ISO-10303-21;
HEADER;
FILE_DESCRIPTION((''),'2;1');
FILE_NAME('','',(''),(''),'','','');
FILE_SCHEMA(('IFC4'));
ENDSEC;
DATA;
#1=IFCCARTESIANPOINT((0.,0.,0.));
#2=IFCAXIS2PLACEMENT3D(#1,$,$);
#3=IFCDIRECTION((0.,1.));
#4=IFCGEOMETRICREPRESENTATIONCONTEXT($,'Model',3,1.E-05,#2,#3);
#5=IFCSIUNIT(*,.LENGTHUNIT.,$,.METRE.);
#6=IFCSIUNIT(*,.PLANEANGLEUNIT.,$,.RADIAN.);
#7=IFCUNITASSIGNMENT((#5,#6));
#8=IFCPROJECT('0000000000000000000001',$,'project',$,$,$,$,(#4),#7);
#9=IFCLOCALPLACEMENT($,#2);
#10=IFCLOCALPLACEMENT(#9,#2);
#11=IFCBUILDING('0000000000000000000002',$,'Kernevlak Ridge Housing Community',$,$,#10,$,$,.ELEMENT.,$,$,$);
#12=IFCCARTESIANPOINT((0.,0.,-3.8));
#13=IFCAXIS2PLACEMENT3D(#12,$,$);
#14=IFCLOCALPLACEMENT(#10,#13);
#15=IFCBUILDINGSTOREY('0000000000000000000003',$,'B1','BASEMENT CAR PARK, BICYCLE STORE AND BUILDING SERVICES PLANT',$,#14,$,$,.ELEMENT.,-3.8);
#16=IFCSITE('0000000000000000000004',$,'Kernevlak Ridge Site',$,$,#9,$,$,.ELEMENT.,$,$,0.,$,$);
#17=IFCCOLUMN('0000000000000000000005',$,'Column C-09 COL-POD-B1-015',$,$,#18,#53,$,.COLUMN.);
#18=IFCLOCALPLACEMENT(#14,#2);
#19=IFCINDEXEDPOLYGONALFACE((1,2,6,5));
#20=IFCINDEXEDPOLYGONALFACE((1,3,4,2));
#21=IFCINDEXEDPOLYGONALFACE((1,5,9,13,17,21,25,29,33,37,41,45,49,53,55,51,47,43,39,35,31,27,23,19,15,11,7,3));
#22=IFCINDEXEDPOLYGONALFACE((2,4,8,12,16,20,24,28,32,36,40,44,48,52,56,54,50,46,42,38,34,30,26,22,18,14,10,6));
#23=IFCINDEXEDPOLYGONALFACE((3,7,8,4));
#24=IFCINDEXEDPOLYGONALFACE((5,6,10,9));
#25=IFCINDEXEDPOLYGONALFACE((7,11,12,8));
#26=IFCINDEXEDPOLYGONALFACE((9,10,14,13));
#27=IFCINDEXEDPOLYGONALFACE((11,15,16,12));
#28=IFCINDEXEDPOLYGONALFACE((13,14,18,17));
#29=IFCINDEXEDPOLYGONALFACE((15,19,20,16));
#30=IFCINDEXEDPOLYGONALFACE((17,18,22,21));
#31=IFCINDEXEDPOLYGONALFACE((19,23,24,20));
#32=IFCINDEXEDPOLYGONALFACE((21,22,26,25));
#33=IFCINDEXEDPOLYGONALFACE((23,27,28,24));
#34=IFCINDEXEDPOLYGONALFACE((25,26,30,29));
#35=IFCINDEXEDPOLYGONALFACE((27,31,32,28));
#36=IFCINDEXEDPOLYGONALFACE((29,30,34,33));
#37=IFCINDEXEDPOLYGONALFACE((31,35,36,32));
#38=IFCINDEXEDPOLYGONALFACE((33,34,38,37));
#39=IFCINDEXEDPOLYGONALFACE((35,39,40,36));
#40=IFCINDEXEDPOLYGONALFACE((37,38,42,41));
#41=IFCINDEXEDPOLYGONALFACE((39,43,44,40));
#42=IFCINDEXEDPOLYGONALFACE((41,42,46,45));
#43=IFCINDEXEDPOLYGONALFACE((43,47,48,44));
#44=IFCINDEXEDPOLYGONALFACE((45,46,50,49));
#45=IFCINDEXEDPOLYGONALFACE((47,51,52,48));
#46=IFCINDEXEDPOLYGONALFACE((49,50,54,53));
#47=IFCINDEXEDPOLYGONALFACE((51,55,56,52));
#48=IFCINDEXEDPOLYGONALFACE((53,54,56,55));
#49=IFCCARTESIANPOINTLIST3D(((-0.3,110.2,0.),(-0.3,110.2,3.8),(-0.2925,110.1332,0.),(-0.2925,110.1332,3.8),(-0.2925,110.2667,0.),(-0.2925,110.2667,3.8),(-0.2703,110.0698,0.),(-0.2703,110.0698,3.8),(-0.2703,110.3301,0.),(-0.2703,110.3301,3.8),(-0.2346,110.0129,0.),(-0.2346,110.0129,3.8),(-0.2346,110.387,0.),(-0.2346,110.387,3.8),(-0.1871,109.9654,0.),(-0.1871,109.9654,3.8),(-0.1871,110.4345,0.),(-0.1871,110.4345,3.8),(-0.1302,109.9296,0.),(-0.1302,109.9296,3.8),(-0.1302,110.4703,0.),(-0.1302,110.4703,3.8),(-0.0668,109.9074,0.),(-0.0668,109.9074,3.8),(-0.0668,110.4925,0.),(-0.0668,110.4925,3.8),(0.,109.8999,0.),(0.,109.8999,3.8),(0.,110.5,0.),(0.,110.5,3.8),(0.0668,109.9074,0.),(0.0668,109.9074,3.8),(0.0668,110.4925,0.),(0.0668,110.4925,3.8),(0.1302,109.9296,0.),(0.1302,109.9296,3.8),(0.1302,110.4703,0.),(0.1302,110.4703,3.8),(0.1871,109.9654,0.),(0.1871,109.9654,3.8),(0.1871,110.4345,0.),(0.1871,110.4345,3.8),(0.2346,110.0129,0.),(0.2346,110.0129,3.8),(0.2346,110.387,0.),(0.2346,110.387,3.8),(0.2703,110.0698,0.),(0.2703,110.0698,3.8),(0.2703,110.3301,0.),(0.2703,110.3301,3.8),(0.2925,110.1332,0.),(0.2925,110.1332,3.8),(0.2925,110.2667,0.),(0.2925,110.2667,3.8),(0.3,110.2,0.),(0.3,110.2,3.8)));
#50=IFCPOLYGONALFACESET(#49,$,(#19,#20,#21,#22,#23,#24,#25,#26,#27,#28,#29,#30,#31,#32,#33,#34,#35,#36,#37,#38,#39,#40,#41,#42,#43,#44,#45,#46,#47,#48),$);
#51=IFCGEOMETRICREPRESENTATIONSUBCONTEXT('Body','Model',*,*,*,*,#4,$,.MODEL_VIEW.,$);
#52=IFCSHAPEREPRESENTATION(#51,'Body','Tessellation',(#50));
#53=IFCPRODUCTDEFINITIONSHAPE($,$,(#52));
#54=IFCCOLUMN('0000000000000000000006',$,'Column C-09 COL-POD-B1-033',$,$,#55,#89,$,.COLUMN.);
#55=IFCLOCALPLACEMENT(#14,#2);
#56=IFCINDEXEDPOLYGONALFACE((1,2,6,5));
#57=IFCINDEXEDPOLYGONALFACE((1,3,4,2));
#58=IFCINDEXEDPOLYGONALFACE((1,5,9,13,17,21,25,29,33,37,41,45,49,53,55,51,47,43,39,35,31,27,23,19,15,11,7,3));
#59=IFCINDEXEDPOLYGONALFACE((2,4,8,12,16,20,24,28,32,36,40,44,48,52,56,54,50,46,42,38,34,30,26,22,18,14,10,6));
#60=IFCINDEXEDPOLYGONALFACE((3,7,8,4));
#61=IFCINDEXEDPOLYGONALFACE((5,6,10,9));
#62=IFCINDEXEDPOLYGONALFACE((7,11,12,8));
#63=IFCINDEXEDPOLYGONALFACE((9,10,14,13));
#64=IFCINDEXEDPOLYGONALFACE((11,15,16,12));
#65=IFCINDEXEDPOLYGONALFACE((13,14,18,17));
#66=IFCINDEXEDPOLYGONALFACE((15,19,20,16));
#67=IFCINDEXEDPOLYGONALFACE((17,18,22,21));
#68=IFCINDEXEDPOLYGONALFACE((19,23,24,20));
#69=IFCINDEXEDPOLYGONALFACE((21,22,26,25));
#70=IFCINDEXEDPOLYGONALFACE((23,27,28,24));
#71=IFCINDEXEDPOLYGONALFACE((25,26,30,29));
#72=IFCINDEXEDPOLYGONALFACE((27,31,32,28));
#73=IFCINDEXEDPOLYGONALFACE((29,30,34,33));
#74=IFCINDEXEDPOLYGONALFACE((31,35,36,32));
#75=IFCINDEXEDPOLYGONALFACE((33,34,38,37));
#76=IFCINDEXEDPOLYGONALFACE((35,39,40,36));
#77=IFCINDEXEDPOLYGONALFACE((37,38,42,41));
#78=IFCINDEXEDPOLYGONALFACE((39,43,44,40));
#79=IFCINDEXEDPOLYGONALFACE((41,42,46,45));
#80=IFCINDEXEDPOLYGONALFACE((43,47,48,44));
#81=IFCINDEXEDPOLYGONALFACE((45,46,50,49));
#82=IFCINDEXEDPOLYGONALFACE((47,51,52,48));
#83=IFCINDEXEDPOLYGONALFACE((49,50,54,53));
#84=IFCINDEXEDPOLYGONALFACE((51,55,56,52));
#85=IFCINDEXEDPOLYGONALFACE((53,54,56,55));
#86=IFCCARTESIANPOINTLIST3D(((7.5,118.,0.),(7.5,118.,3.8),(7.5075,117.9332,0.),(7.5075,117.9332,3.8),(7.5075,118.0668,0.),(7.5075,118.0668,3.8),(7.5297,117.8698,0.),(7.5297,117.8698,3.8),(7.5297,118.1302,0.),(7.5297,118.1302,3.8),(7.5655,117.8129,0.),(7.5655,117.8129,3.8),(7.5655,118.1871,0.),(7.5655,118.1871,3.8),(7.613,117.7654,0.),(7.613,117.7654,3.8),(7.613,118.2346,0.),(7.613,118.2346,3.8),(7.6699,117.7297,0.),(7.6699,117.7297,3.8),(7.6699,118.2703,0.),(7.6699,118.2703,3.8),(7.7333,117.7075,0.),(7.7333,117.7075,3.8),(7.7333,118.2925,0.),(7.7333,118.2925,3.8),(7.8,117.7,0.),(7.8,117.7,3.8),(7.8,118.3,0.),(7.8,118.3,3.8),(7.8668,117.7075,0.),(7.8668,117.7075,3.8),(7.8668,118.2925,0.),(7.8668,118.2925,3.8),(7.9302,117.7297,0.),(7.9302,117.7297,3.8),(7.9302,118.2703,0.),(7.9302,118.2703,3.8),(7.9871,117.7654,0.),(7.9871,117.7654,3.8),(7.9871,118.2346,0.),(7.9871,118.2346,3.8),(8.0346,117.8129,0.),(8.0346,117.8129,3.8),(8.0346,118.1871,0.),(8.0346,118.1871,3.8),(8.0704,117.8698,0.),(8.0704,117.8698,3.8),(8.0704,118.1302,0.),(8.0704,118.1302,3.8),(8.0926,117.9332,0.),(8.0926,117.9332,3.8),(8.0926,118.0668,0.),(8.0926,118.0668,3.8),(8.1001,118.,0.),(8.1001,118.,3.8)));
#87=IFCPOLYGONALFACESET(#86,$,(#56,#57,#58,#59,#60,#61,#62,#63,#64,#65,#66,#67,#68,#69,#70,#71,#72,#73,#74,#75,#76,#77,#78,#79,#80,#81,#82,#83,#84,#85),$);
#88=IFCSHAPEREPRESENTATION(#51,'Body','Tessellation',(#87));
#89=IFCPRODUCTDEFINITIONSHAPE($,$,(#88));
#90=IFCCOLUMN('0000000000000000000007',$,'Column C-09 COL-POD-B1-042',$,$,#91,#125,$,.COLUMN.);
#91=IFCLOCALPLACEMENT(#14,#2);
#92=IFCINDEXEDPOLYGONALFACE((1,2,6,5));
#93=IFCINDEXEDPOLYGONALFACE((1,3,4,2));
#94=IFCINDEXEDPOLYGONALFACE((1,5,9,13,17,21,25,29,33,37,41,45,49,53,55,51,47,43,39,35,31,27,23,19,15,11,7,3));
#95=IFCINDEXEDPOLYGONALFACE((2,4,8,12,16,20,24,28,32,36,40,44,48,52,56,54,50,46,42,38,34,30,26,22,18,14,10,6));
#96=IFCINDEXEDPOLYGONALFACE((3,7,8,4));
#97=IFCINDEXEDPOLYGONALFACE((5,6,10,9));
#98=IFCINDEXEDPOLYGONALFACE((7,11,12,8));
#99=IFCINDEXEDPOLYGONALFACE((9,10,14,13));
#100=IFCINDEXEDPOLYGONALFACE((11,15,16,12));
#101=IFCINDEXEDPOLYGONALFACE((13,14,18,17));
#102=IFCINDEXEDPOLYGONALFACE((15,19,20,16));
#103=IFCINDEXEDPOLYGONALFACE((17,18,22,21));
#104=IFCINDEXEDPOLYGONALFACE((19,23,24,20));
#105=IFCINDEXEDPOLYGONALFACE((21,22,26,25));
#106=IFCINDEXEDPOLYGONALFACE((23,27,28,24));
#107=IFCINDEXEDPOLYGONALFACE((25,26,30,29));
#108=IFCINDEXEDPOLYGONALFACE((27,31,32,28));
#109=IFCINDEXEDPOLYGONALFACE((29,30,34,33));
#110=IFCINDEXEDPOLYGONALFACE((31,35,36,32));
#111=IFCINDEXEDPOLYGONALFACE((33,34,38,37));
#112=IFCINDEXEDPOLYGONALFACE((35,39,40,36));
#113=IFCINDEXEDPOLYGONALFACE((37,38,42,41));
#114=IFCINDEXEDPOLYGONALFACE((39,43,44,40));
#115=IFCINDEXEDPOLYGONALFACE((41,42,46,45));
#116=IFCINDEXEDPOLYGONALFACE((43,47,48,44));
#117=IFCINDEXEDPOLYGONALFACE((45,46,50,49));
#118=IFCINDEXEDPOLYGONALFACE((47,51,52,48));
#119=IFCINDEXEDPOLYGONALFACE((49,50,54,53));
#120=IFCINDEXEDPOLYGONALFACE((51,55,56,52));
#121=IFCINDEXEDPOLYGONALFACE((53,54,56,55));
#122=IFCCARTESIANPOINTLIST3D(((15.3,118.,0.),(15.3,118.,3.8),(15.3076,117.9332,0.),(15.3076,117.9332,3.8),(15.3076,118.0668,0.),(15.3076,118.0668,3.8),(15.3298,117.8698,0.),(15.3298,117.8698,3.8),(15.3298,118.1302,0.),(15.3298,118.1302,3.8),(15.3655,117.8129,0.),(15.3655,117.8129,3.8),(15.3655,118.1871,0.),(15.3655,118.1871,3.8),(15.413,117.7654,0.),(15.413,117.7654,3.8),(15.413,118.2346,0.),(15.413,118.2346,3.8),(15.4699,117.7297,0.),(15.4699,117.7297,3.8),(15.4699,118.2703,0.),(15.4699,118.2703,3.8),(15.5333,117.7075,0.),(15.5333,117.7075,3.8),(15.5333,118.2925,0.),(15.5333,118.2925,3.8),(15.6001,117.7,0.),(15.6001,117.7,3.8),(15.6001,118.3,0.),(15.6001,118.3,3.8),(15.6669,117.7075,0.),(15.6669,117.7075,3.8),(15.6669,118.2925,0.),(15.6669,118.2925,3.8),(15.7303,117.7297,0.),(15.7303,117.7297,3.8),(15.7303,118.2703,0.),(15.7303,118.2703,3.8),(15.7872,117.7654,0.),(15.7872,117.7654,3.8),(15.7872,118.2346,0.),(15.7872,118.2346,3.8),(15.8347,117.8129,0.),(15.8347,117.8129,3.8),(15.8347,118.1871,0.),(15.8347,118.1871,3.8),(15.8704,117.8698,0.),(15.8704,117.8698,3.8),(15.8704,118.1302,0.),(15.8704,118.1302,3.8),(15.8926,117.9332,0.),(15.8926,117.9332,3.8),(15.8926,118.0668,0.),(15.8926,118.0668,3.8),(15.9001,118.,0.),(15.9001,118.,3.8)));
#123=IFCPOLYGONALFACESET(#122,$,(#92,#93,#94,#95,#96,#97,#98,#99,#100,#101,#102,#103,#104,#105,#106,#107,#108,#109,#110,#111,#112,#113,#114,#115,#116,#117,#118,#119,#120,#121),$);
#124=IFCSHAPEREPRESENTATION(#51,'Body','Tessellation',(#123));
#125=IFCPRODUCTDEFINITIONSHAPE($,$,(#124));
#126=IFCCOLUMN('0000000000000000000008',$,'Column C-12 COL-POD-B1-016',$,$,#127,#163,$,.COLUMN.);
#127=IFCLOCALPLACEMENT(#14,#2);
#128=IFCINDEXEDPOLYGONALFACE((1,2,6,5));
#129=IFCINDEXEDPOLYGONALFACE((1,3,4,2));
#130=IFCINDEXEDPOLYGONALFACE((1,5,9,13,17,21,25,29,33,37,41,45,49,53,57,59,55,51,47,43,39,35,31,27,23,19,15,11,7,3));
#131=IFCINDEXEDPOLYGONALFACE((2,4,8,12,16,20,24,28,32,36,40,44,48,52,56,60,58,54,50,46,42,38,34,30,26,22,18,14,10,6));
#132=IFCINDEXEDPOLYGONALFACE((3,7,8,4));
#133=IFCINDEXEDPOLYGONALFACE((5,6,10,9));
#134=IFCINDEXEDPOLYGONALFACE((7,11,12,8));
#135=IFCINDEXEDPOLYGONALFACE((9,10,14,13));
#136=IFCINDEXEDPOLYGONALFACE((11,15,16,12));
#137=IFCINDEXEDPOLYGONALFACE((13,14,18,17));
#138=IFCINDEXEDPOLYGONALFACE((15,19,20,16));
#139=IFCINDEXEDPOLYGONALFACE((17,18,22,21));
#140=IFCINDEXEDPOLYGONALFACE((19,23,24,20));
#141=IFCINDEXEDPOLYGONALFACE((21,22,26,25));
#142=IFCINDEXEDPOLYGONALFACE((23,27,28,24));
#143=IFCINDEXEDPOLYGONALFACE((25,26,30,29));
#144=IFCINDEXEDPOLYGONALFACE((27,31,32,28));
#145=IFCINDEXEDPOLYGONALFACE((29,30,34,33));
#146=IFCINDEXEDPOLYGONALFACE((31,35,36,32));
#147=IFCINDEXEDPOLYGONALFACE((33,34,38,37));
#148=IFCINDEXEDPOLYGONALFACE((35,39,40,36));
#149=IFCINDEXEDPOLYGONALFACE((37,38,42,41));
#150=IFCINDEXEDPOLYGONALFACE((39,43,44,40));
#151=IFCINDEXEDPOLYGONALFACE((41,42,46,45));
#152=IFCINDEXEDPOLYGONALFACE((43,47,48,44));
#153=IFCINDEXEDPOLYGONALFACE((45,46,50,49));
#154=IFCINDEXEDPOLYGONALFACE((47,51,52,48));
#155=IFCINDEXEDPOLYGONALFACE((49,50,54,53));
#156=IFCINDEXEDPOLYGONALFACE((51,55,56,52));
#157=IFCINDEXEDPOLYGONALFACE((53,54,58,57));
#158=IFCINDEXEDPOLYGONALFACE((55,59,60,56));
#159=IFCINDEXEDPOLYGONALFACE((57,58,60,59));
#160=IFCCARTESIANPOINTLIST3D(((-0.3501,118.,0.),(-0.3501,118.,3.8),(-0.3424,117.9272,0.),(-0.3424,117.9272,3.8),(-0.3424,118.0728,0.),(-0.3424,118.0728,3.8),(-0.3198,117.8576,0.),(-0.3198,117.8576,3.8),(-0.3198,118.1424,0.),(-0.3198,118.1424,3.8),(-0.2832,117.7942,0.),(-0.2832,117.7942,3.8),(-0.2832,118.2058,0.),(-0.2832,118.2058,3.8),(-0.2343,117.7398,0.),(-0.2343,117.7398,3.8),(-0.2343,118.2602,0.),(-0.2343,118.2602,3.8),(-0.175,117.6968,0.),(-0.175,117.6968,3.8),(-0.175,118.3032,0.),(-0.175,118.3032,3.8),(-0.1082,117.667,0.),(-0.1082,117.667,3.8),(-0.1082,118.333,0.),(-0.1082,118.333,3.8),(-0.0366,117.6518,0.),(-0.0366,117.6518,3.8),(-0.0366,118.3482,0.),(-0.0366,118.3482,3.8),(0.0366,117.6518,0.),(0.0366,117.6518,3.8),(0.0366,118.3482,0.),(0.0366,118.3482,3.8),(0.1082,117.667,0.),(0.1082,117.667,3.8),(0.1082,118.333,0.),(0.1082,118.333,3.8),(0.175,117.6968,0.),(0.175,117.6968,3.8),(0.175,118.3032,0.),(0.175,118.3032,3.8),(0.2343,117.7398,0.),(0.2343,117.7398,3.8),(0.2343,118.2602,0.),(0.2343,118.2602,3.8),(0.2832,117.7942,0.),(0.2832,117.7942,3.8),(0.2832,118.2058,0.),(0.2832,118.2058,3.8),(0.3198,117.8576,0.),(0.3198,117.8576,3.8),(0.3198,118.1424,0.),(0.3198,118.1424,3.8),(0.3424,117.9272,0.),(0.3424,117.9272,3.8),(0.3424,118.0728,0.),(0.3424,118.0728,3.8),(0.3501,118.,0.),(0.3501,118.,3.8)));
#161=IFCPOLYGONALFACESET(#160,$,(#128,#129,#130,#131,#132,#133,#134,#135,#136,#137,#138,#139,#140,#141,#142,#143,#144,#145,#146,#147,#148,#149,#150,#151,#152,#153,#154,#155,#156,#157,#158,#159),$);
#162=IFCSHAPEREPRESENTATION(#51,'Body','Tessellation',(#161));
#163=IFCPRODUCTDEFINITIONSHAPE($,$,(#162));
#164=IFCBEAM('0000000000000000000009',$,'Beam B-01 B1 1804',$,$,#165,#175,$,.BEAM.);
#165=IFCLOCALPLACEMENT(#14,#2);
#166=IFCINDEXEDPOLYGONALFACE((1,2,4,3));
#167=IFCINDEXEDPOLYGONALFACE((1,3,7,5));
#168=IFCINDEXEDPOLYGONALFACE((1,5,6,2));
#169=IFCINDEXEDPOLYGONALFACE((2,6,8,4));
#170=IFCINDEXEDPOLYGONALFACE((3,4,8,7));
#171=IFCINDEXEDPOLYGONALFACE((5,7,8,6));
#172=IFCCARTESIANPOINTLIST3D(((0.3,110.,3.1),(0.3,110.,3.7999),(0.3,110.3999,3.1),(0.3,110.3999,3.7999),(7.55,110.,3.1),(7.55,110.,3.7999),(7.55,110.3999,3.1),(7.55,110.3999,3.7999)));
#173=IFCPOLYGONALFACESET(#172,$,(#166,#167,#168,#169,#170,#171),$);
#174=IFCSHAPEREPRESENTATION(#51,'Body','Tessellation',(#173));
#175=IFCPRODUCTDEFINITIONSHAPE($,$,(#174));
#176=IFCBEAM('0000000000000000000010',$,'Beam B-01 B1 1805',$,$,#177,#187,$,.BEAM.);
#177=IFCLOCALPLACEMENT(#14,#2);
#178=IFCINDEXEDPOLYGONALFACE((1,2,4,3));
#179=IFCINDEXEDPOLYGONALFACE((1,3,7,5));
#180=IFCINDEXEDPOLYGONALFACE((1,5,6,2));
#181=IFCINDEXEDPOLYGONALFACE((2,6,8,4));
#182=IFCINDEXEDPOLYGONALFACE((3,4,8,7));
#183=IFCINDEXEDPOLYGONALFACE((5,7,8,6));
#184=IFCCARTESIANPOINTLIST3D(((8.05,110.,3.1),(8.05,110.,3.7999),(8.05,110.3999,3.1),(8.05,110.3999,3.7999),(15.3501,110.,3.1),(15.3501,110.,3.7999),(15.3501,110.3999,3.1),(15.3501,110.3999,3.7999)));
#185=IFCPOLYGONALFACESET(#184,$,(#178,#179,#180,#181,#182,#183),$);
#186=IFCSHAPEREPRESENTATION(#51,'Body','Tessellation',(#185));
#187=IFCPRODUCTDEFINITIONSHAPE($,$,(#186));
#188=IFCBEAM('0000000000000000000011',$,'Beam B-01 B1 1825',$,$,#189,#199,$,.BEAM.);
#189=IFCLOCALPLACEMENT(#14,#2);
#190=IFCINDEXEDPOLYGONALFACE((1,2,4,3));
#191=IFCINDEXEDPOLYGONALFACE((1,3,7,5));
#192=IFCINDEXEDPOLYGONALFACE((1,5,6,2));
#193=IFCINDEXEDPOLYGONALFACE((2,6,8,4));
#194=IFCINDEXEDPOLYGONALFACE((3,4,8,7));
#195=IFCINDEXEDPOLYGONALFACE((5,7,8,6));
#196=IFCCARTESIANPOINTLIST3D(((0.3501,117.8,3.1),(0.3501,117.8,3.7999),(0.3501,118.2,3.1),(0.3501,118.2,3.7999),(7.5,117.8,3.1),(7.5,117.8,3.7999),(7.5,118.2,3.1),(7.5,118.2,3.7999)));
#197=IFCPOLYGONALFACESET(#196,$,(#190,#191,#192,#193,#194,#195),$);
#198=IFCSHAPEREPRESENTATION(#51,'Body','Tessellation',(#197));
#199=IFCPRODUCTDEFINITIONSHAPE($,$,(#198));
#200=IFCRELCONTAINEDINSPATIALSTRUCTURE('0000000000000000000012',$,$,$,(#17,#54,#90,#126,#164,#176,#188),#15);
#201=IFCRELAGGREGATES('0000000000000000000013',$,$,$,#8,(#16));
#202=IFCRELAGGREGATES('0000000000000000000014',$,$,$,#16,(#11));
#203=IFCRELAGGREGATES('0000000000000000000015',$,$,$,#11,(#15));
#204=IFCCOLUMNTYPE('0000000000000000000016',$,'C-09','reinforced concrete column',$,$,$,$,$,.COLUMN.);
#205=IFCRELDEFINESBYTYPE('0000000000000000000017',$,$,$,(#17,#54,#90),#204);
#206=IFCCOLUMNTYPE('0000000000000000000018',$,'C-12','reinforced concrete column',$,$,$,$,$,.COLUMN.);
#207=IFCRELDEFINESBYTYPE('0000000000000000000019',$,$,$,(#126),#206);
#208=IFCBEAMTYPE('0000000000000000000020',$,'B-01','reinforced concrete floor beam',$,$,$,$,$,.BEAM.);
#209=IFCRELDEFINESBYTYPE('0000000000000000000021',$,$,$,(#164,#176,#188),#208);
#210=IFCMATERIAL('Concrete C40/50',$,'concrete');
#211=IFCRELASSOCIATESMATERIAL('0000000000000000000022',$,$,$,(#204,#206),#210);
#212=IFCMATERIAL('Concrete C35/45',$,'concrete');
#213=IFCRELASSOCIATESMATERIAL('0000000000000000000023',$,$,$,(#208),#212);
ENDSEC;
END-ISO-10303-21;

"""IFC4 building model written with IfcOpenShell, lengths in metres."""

from ifc_helpers import new_model, si_unit, direction, frame, origin, origin_2d, place, context, subcontext, project, spatial, rectangle, circle, extrude, material, material_profile, profile_set, type_object, element, save


model = new_model("IFC4")

# Units and contexts
model_context = context("Model", 3, precision=1e-05, world=origin(), true_north=direction((0.0, 1.0)))
body_context = subcontext(model_context, "Body", "Model", "MODEL_VIEW")
ifc_project = project(units=[si_unit("LENGTHUNIT", "METRE"), si_unit("PLANEANGLEUNIT", "RADIAN")], contexts=[model_context])

# Site, building, storey
site_placement = place(None, origin())
site = spatial("IfcSite", under=ifc_project, at=site_placement, Name="Kernevlak Ridge Site", CompositionType="ELEMENT", RefElevation=0.0)
building_placement = place(site_placement, origin())
building = spatial("IfcBuilding", under=site, at=building_placement, Name="Kernevlak Ridge Housing Community", CompositionType="ELEMENT")
storey_placement = place(building_placement, frame((0.0, 0.0, -3.8)))
storey = spatial("IfcBuildingStorey", under=building, at=storey_placement, Name="B1", Description="BASEMENT CAR PARK, BICYCLE STORE AND BUILDING SERVICES PLANT", CompositionType="ELEMENT", Elevation=-3.8)

# Shared definitions
ifc_material_1 = material(Name="Concrete C35/45", Category="concrete")

# Columns
ifc_material_2 = material(Name="Concrete C40/50", Category="concrete")
ifc_material_profile_1 = material_profile(ifc_material_2, circle(Radius=0.3, at=origin_2d()), Name="RC D600")
ifc_profile_set_1 = profile_set([ifc_material_profile_1], Name="Concrete C40/50")
column_type_1 = type_object("IfcColumnType", Name="C-09", Description="reinforced concrete column", PredefinedType="COLUMN", material=ifc_profile_set_1)
for number, where, z_axis, x_axis, name in (
    (1, (0.0, 110.2, 0.0), (0.0, 0.0, 1.0), (1.0, 0.0, 0.0), "Column C-09 COL-POD-B1-015"),
    (2, (7.8, 118.0, 0.0), (0.0, 0.0, 1.0), (1.0, 0.0, 0.0), "Column C-09 COL-POD-B1-033"),
    (3, (15.6001, 118.0, 0.0), (0.0, 0.0, 1.0), (1.0, 0.0, 0.0), "Column C-09 COL-POD-B1-042"),
):
    element("IfcColumn", number, at=place(storey_placement, frame(where, z_axis=z_axis, x_axis=x_axis)), inside=storey, type_object=column_type_1, Name=name, PredefinedType="COLUMN", context=body_context, shape_type="SweptSolid", body=[
        extrude(circle(Radius=0.3, at=origin_2d()), origin(), (0.0, 0.0, 1.0), 3.8),
    ])
ifc_material_profile_2 = material_profile(ifc_material_2, circle(Radius=0.3501, at=origin_2d()), Name="RC D700")
ifc_profile_set_2 = profile_set([ifc_material_profile_2], Name="Concrete C40/50")
column_type_2 = type_object("IfcColumnType", Name="C-12", Description="reinforced concrete column", PredefinedType="COLUMN", material=ifc_profile_set_2)
column_placement = place(storey_placement, frame((0.0, 118.0, 0.0), z_axis=(0.0, 0.0, 1.0), x_axis=(1.0, 0.0, 0.0)))
element("IfcColumn", 4, at=column_placement, inside=storey, type_object=column_type_2, Name="Column C-12 COL-POD-B1-016", PredefinedType="COLUMN", context=body_context, shape_type="SweptSolid", body=[
    extrude(circle(Radius=0.3501, at=origin_2d()), origin(), (0.0, 0.0, 1.0), 3.8),
])

# Beams
ifc_material_profile_3 = material_profile(ifc_material_1, rectangle(XDim=0.3999, YDim=0.7, at=origin_2d()), Name="RC 400x700")
ifc_profile_set_3 = profile_set([ifc_material_profile_3], Name="Concrete C35/45")
beam_type_1 = type_object("IfcBeamType", Name="B-01", Description="reinforced concrete floor beam", PredefinedType="BEAM", material=ifc_profile_set_3)
beam_1_placement = place(storey_placement, frame((0.3, 110.2, 3.45), z_axis=(1.0, 0.0, 0.0), x_axis=(0.0, 1.0, 0.0)))
element("IfcBeam", 5, at=beam_1_placement, inside=storey, type_object=beam_type_1, Name="Beam B-01 B1 1804", PredefinedType="BEAM", context=body_context, shape_type="SweptSolid", body=[
    extrude(rectangle(XDim=0.3999, YDim=0.7, at=origin_2d()), origin(), (0.0, 0.0, 1.0), 7.25),
])
beam_2_placement = place(storey_placement, frame((8.05, 110.2, 3.45), z_axis=(1.0, 0.0, 0.0), x_axis=(0.0, 1.0, 0.0)))
element("IfcBeam", 6, at=beam_2_placement, inside=storey, type_object=beam_type_1, Name="Beam B-01 B1 1805", PredefinedType="BEAM", context=body_context, shape_type="SweptSolid", body=[
    extrude(rectangle(XDim=0.3999, YDim=0.7, at=origin_2d()), origin(), (0.0, 0.0, 1.0), 7.3),
])
beam_3_placement = place(storey_placement, frame((0.3501, 118.0, 3.45), z_axis=(1.0, 0.0, 0.0), x_axis=(0.0, 1.0, 0.0)))
element("IfcBeam", 7, at=beam_3_placement, inside=storey, type_object=beam_type_1, Name="Beam B-01 B1 1825", PredefinedType="BEAM", context=body_context, shape_type="SweptSolid", body=[
    extrude(rectangle(XDim=0.3999, YDim=0.7, at=origin_2d()), origin(), (0.0, 0.0, 1.0), 7.1499),
])

save(model, "model.ifc")
